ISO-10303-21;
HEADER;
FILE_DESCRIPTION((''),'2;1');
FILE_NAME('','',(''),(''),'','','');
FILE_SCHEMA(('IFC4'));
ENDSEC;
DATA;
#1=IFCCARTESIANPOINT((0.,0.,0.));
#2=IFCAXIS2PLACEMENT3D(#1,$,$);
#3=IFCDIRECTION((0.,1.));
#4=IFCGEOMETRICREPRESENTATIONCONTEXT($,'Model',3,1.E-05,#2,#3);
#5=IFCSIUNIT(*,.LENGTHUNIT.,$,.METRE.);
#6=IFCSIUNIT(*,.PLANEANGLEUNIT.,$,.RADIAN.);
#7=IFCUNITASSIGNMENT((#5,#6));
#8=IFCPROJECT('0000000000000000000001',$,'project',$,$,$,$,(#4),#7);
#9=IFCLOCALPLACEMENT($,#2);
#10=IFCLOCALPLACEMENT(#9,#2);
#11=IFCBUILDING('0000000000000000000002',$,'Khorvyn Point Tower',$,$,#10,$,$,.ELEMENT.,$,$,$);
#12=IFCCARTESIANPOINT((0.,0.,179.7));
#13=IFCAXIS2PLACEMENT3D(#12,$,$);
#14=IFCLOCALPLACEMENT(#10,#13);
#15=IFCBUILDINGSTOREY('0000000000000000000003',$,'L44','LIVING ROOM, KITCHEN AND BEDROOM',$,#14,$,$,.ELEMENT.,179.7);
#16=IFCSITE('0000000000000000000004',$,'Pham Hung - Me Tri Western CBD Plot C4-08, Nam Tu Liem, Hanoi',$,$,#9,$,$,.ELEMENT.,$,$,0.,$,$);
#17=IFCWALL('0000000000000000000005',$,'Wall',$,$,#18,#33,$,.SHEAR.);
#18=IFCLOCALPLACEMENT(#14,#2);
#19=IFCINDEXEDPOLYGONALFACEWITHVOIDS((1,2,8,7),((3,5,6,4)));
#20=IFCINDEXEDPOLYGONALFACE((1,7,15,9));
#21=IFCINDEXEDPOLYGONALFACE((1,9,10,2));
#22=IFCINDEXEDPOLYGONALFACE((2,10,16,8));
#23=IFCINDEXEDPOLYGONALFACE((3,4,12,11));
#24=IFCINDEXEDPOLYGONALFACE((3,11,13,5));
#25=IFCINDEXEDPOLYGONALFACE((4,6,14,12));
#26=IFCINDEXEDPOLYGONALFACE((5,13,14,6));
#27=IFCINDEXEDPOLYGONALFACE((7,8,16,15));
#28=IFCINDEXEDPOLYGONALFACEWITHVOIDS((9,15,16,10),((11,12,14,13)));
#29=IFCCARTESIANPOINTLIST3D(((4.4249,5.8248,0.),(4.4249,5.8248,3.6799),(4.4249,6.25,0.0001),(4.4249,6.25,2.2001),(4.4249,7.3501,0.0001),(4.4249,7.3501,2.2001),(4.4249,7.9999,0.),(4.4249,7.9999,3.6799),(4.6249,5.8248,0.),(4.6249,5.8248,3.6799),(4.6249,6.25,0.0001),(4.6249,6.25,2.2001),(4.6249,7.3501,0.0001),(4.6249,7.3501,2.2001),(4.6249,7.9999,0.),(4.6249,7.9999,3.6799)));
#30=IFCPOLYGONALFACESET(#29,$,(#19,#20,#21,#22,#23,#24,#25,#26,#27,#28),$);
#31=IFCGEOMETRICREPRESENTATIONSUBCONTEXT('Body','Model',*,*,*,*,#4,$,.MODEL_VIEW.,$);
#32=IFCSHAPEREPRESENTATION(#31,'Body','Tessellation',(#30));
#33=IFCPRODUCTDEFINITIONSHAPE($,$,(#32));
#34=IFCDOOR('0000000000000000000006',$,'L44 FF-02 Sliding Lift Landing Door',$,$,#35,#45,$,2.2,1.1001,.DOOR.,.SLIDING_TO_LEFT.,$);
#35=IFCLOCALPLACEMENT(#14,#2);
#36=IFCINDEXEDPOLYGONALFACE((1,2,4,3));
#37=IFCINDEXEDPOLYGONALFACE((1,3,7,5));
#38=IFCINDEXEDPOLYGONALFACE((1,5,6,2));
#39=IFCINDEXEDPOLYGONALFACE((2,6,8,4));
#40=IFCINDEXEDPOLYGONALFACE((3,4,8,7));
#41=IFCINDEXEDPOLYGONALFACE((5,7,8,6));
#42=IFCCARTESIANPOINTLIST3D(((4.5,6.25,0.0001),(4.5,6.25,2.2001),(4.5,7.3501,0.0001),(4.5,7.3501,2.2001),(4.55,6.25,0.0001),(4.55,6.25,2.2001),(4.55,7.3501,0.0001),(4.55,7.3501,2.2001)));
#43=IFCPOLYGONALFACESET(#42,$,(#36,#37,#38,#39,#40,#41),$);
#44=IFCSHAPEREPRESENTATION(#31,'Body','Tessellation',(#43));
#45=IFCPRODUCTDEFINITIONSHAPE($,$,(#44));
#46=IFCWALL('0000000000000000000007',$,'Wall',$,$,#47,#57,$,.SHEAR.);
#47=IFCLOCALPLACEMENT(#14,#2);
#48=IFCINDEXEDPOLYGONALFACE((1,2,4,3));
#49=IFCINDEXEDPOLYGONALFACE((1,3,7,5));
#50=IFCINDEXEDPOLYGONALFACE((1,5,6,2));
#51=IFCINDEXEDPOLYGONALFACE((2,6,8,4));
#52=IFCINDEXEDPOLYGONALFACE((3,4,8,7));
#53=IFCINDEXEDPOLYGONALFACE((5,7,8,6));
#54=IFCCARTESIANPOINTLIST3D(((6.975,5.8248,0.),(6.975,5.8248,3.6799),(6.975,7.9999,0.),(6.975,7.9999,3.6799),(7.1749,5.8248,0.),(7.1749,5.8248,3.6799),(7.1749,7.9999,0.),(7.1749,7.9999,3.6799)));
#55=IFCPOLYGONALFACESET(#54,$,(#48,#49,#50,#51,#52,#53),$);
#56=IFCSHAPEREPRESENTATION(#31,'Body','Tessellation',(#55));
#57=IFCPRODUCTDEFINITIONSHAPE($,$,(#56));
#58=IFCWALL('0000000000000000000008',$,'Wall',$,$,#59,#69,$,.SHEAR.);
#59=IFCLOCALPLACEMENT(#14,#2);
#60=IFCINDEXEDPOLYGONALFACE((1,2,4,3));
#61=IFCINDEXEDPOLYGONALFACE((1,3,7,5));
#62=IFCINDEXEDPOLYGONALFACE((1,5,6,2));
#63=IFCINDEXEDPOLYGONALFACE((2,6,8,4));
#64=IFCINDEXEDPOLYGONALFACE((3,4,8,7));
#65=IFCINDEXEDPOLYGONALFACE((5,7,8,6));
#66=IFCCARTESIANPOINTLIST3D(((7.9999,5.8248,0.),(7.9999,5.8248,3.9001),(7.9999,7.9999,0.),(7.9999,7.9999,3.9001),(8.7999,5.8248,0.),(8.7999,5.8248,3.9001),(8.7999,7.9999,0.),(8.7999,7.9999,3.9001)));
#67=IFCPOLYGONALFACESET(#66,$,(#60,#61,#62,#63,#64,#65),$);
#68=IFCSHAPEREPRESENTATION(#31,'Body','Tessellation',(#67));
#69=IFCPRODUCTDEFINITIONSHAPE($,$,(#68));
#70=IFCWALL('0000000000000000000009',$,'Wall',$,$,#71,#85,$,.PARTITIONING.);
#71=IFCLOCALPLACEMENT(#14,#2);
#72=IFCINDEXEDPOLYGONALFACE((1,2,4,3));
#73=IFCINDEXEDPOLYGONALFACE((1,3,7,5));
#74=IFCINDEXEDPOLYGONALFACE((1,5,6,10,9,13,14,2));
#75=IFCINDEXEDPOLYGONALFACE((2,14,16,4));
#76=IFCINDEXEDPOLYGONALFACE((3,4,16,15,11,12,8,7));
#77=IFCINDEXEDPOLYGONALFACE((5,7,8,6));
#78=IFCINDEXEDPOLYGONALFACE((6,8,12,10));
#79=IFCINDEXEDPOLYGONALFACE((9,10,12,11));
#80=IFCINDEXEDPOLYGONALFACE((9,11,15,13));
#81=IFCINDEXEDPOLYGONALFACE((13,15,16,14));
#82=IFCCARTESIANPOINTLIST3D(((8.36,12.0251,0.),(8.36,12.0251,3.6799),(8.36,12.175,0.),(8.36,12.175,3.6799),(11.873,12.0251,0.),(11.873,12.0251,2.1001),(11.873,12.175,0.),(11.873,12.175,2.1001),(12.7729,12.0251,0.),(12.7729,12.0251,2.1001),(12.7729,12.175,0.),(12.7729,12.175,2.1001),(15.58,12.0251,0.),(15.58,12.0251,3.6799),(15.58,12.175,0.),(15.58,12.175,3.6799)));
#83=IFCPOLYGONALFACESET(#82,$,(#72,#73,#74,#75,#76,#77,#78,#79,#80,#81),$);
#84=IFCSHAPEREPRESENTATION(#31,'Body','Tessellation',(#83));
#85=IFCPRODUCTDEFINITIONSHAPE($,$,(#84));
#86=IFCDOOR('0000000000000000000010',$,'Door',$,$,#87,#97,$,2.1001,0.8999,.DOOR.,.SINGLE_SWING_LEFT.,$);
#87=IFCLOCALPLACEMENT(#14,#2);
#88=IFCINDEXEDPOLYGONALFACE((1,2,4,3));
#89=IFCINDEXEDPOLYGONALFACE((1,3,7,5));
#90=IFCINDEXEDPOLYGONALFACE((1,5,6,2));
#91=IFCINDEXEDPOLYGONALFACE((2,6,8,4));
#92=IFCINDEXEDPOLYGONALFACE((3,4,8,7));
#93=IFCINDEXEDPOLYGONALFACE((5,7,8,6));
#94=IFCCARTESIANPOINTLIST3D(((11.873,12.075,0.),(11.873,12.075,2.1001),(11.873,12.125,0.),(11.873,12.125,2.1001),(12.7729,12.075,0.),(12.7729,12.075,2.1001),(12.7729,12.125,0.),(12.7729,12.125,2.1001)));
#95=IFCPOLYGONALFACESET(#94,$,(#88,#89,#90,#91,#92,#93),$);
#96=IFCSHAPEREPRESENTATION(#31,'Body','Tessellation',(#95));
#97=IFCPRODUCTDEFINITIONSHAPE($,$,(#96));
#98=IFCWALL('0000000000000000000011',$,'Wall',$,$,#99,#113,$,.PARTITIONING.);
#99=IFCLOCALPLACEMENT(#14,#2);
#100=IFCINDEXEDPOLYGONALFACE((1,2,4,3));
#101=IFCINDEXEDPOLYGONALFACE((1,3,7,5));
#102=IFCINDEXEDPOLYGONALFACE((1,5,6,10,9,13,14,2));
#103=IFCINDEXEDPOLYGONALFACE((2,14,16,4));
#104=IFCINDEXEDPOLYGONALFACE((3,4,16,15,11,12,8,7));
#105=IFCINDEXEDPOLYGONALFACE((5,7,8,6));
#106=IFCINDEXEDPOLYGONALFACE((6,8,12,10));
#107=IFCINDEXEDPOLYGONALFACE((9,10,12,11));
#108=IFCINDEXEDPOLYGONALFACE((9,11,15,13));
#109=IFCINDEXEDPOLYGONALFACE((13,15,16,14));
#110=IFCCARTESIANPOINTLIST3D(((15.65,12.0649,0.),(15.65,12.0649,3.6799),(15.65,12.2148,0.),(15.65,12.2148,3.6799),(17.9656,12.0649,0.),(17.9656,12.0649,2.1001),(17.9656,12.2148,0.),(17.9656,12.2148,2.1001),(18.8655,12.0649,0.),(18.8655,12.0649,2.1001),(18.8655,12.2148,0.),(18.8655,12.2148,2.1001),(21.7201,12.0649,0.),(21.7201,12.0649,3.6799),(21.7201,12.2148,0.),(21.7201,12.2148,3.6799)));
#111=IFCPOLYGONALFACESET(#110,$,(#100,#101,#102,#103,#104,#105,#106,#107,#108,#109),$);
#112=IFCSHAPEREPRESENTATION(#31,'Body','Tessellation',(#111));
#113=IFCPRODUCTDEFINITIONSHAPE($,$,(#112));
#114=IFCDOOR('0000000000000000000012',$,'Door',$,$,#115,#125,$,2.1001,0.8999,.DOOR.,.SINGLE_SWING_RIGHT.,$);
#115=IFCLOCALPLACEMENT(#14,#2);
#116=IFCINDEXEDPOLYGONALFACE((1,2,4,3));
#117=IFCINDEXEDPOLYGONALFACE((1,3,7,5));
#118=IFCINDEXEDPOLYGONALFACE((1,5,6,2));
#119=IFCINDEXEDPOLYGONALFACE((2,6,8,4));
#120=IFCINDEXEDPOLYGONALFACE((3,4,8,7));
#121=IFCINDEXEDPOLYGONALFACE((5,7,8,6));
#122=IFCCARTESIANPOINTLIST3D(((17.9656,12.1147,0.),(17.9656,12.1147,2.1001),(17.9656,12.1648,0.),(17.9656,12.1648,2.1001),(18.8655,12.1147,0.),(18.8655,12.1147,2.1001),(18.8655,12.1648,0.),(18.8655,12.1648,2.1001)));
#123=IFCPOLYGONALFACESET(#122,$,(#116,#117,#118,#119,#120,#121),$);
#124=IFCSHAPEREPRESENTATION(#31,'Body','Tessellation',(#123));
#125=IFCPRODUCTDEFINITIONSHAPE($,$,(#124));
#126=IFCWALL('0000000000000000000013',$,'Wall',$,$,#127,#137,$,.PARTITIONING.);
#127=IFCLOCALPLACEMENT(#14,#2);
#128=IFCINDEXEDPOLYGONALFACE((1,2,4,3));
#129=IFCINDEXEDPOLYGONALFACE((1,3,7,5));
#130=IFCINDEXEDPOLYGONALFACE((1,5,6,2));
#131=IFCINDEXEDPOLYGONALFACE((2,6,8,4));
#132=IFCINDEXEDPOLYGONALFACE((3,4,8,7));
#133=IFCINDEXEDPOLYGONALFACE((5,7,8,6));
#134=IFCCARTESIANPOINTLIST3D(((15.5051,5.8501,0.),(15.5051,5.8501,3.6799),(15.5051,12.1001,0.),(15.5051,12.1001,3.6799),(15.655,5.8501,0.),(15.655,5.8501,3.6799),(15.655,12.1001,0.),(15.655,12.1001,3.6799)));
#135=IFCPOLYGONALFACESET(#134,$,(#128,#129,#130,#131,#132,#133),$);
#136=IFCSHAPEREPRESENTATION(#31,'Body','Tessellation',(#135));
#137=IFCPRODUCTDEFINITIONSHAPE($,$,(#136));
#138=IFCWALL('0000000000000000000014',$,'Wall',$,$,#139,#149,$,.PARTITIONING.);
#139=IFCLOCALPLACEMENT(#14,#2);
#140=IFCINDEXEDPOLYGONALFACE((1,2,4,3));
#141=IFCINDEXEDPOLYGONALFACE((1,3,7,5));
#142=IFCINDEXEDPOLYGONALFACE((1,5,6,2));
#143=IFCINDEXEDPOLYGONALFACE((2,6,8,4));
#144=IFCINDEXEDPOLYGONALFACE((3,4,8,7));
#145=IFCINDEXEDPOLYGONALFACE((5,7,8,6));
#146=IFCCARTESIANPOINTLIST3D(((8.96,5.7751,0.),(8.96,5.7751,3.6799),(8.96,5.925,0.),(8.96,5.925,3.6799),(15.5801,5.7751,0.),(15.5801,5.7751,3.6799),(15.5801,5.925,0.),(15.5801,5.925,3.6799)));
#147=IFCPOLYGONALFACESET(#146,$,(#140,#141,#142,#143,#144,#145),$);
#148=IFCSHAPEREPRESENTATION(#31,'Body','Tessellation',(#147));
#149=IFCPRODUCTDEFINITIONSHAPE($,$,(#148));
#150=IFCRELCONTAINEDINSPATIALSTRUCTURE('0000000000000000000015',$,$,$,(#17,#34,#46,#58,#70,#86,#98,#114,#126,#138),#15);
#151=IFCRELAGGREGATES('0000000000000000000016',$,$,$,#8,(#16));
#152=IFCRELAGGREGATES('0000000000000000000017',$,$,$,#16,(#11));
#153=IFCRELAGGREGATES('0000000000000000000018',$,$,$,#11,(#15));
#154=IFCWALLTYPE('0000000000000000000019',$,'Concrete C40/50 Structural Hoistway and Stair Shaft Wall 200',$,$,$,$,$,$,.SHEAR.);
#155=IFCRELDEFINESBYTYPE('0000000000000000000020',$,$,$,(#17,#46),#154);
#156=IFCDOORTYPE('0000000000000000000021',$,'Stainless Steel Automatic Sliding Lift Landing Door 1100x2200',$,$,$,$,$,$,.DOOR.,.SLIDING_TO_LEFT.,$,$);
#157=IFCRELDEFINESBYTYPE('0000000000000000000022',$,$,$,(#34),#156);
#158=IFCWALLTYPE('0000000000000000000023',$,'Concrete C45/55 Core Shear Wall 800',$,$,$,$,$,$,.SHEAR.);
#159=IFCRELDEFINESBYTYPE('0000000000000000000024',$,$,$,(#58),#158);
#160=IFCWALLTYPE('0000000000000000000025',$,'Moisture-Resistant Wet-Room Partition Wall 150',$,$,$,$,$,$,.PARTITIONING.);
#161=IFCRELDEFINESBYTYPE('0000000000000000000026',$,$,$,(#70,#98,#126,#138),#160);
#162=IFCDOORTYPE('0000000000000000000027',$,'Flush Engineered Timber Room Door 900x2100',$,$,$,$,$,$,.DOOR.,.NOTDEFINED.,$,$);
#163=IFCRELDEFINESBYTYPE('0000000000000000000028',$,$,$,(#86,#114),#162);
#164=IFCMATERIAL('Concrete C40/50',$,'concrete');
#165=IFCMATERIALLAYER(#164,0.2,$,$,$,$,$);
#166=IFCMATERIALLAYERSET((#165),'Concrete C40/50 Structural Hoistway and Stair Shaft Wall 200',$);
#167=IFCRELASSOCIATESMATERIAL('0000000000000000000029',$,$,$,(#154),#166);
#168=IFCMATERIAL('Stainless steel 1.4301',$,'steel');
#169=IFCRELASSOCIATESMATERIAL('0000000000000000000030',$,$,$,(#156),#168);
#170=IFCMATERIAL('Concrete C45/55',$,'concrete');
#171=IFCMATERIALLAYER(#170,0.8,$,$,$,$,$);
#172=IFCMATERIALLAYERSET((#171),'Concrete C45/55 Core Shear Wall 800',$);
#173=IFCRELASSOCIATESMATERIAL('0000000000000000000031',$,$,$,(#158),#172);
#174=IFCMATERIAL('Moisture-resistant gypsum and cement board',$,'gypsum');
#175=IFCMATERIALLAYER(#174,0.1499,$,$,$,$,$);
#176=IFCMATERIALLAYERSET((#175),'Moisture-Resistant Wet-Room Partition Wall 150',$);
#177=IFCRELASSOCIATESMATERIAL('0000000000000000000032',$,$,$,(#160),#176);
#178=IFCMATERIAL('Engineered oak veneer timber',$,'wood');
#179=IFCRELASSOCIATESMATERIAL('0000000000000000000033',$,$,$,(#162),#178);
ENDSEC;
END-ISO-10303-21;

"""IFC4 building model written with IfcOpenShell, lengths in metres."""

from ifc_helpers import new_model, si_unit, direction, frame, frame_2d, origin, place, context, subcontext, project, spatial, rectangle, extrude, material, layer, layer_set, type_object, element, fill, save


model = new_model("IFC4")

# Units and contexts
model_context = context("Model", 3, precision=1e-05, world=origin(), true_north=direction((0.0, 1.0)))
body_context = subcontext(model_context, "Body", "Model", "MODEL_VIEW")
ifc_project = project(units=[si_unit("LENGTHUNIT", "METRE"), si_unit("PLANEANGLEUNIT", "RADIAN")], contexts=[model_context])

# Site, building, storey
site_placement = place(None, origin())
site = spatial("IfcSite", under=ifc_project, at=site_placement, Name="Pham Hung - Me Tri Western CBD Plot C4-08, Nam Tu Liem, Hanoi", CompositionType="ELEMENT", RefElevation=0.0)
building_placement = place(site_placement, origin())
building = spatial("IfcBuilding", under=site, at=building_placement, Name="Khorvyn Point Tower", CompositionType="ELEMENT")
storey_placement = place(building_placement, frame((0.0, 0.0, 179.7)))
storey = spatial("IfcBuildingStorey", under=building, at=storey_placement, Name="L44", Description="LIVING ROOM, KITCHEN AND BEDROOM", CompositionType="ELEMENT", Elevation=179.7)

# Shared definitions
ifc_material_1 = material(Name="Concrete C45/55", Category="concrete")

# Shared definitions
ifc_material_2 = material(Name="Concrete C40/50", Category="concrete")

# Wall, opening, door
ifc_layer_1 = layer(ifc_material_2, 0.2)
ifc_layer_set_1 = layer_set([ifc_layer_1], Name="Concrete C40/50 Structural Hoistway and Stair Shaft Wall 200")
wall_type_1 = type_object("IfcWallType", Name="Concrete C40/50 Structural Hoistway and Stair Shaft Wall 200", PredefinedType="SHEAR", material=ifc_layer_set_1)
wall_1_placement = place(storey_placement, frame((4.5249, 5.825, 0.0), z_axis=(0.0, 0.0, 1.0), x_axis=(0.0, 1.0, 0.0)))
wall_1 = element("IfcWall", 1, at=wall_1_placement, inside=storey, type_object=wall_type_1, Name="Wall", PredefinedType="SHEAR", context=body_context, shape_type="SweptSolid", body=[
    extrude(rectangle(XDim=2.175, YDim=0.2, at=frame_2d((1.0874, 0.0))), origin(), (0.0, 0.0, 1.0), 3.6799),
])
opening_1_placement = place(wall_1_placement, frame((0.425, 0.0, 0.0)))
opening_1 = element("IfcOpeningElement", 2, at=opening_1_placement, cuts=wall_1, PredefinedType="OPENING", context=body_context, shape_type="SweptSolid", body=[
    extrude(rectangle(XDim=1.1001, YDim=2.2, at=frame_2d((0.55, 1.1001))), frame((0.0, 0.1099, 0.0), z_axis=(0.0, -1.0, 0.0), x_axis=(1.0, 0.0, 0.0)), (0.0, 0.0, 1.0), 0.22),
])
ifc_material_3 = material(Name="Stainless steel 1.4301", Category="steel")
door_type_1 = type_object("IfcDoorType", Name="Stainless Steel Automatic Sliding Lift Landing Door 1100x2200", OperationType="SLIDING_TO_LEFT", PredefinedType="DOOR", material=ifc_material_3)
door_1_placement = place(opening_1_placement, origin())
door_1 = element("IfcDoor", 3, at=door_1_placement, inside=storey, type_object=door_type_1, Name="L44 FF-02 Sliding Lift Landing Door", OperationType="SLIDING_TO_LEFT", OverallHeight=2.2, OverallWidth=1.1001, PredefinedType="DOOR", context=body_context, shape_type="SweptSolid", body=[
    extrude(rectangle(XDim=1.1001, YDim=2.2, at=frame_2d((0.55, 1.1001))), frame((0.0, 0.0249, 0.0), z_axis=(0.0, -1.0, 0.0), x_axis=(1.0, 0.0, 0.0)), (0.0, 0.0, 1.0), 0.05),
])
fill(opening_1, door_1)

# Walls
wall_2_placement = place(storey_placement, frame((7.075, 5.825, 0.0), z_axis=(0.0, 0.0, 1.0), x_axis=(0.0, 1.0, 0.0)))
element("IfcWall", 4, at=wall_2_placement, inside=storey, type_object=wall_type_1, Name="Wall", PredefinedType="SHEAR", context=body_context, shape_type="SweptSolid", body=[
    extrude(rectangle(XDim=2.175, YDim=0.2, at=frame_2d((1.0874, 0.0))), origin(), (0.0, 0.0, 1.0), 3.6799),
])
ifc_layer_2 = layer(ifc_material_1, 0.8)
ifc_layer_set_2 = layer_set([ifc_layer_2], Name="Concrete C45/55 Core Shear Wall 800")
wall_type_2 = type_object("IfcWallType", Name="Concrete C45/55 Core Shear Wall 800", PredefinedType="SHEAR", material=ifc_layer_set_2)
wall_3_placement = place(storey_placement, frame((8.3999, 5.825, 0.0), z_axis=(0.0, 0.0, 1.0), x_axis=(0.0, 1.0, 0.0)))
element("IfcWall", 5, at=wall_3_placement, inside=storey, type_object=wall_type_2, Name="Wall", PredefinedType="SHEAR", context=body_context, shape_type="SweptSolid", body=[
    extrude(rectangle(XDim=2.175, YDim=0.8, at=frame_2d((1.0874, 0.0))), origin(), (0.0, 0.0, 1.0), 3.9001),
])

# Walls, openings, doors
ifc_material_4 = material(Name="Moisture-resistant gypsum and cement board", Category="gypsum")
ifc_layer_3 = layer(ifc_material_4, 0.1499)
ifc_layer_set_3 = layer_set([ifc_layer_3], Name="Moisture-Resistant Wet-Room Partition Wall 150")
wall_type_3 = type_object("IfcWallType", Name="Moisture-Resistant Wet-Room Partition Wall 150", PredefinedType="PARTITIONING", material=ifc_layer_set_3)
wall_4_placement = place(storey_placement, frame((8.3601, 12.1001, 0.0), z_axis=(0.0, 0.0, 1.0), x_axis=(1.0, 0.0, 0.0)))
wall_4 = element("IfcWall", 6, at=wall_4_placement, inside=storey, type_object=wall_type_3, Name="Wall", PredefinedType="PARTITIONING", context=body_context, shape_type="SweptSolid", body=[
    extrude(rectangle(XDim=7.22, YDim=0.1499, at=frame_2d((3.6099, 0.0))), origin(), (0.0, 0.0, 1.0), 3.6799),
])
opening_2_placement = place(wall_4_placement, frame((3.5129, 0.0, 0.0)))
opening_2 = element("IfcOpeningElement", 7, at=opening_2_placement, cuts=wall_4, PredefinedType="OPENING", context=body_context, shape_type="SweptSolid", body=[
    extrude(rectangle(XDim=0.8999, YDim=2.1001, at=frame_2d((0.45, 1.05))), frame((0.0, 0.085, 0.0), z_axis=(0.0, -1.0, 0.0), x_axis=(1.0, 0.0, 0.0)), (0.0, 0.0, 1.0), 0.1699),
])
ifc_material_5 = material(Name="Engineered oak veneer timber", Category="wood")
door_type_2 = type_object("IfcDoorType", Name="Flush Engineered Timber Room Door 900x2100", OperationType="NOTDEFINED", PredefinedType="DOOR", material=ifc_material_5)
door_2_placement = place(opening_2_placement, origin())
door_2 = element("IfcDoor", 8, at=door_2_placement, inside=storey, type_object=door_type_2, Name="Door", OperationType="SINGLE_SWING_LEFT", OverallHeight=2.1001, OverallWidth=0.8999, PredefinedType="DOOR", context=body_context, shape_type="SweptSolid", body=[
    extrude(rectangle(XDim=0.8999, YDim=2.1001, at=frame_2d((0.45, 1.05))), frame((0.0, 0.0249, 0.0), z_axis=(0.0, -1.0, 0.0), x_axis=(1.0, 0.0, 0.0)), (0.0, 0.0, 1.0), 0.05),
])
fill(opening_2, door_2)
wall_5_placement = place(storey_placement, frame((15.6499, 12.1399, 0.0), z_axis=(0.0, 0.0, 1.0), x_axis=(1.0, 0.0, 0.0)))
wall_5 = element("IfcWall", 9, at=wall_5_placement, inside=storey, type_object=wall_type_3, Name="Wall", PredefinedType="PARTITIONING", context=body_context, shape_type="SweptSolid", body=[
    extrude(rectangle(XDim=6.0701, YDim=0.1499, at=frame_2d((3.0352, 0.0))), origin(), (0.0, 0.0, 1.0), 3.6799),
])
opening_3_placement = place(wall_5_placement, frame((2.3157, 0.0, 0.0)))
opening_3 = element("IfcOpeningElement", 10, at=opening_3_placement, cuts=wall_5, PredefinedType="OPENING", context=body_context, shape_type="SweptSolid", body=[
    extrude(rectangle(XDim=0.8999, YDim=2.1001, at=frame_2d((0.45, 1.05))), frame((0.0, 0.085, 0.0), z_axis=(0.0, -1.0, 0.0), x_axis=(1.0, 0.0, 0.0)), (0.0, 0.0, 1.0), 0.1699),
])
door_3_placement = place(opening_3_placement, origin())
door_3 = element("IfcDoor", 11, at=door_3_placement, inside=storey, type_object=door_type_2, Name="Door", OperationType="SINGLE_SWING_RIGHT", OverallHeight=2.1001, OverallWidth=0.8999, PredefinedType="DOOR", context=body_context, shape_type="SweptSolid", body=[
    extrude(rectangle(XDim=0.8999, YDim=2.1001, at=frame_2d((0.45, 1.05))), frame((0.0, 0.0249, 0.0), z_axis=(0.0, -1.0, 0.0), x_axis=(1.0, 0.0, 0.0)), (0.0, 0.0, 1.0), 0.05),
])
fill(opening_3, door_3)

# Walls
wall_6_placement = place(storey_placement, frame((15.5801, 5.8501, 0.0), z_axis=(0.0, 0.0, 1.0), x_axis=(0.0, 1.0, 0.0)))
element("IfcWall", 12, at=wall_6_placement, inside=storey, type_object=wall_type_3, Name="Wall", PredefinedType="PARTITIONING", context=body_context, shape_type="SweptSolid", body=[
    extrude(rectangle(XDim=6.25, YDim=0.1499, at=frame_2d((3.125, 0.0))), origin(), (0.0, 0.0, 1.0), 3.6799),
])
wall_7_placement = place(storey_placement, frame((8.96, 5.8501, 0.0), z_axis=(0.0, 0.0, 1.0), x_axis=(1.0, 0.0, 0.0)))
element("IfcWall", 13, at=wall_7_placement, inside=storey, type_object=wall_type_3, Name="Wall", PredefinedType="PARTITIONING", context=body_context, shape_type="SweptSolid", body=[
    extrude(rectangle(XDim=6.6201, YDim=0.1499, at=frame_2d((3.3101, 0.0))), origin(), (0.0, 0.0, 1.0), 3.6799),
])

save(model, "model.ifc")
